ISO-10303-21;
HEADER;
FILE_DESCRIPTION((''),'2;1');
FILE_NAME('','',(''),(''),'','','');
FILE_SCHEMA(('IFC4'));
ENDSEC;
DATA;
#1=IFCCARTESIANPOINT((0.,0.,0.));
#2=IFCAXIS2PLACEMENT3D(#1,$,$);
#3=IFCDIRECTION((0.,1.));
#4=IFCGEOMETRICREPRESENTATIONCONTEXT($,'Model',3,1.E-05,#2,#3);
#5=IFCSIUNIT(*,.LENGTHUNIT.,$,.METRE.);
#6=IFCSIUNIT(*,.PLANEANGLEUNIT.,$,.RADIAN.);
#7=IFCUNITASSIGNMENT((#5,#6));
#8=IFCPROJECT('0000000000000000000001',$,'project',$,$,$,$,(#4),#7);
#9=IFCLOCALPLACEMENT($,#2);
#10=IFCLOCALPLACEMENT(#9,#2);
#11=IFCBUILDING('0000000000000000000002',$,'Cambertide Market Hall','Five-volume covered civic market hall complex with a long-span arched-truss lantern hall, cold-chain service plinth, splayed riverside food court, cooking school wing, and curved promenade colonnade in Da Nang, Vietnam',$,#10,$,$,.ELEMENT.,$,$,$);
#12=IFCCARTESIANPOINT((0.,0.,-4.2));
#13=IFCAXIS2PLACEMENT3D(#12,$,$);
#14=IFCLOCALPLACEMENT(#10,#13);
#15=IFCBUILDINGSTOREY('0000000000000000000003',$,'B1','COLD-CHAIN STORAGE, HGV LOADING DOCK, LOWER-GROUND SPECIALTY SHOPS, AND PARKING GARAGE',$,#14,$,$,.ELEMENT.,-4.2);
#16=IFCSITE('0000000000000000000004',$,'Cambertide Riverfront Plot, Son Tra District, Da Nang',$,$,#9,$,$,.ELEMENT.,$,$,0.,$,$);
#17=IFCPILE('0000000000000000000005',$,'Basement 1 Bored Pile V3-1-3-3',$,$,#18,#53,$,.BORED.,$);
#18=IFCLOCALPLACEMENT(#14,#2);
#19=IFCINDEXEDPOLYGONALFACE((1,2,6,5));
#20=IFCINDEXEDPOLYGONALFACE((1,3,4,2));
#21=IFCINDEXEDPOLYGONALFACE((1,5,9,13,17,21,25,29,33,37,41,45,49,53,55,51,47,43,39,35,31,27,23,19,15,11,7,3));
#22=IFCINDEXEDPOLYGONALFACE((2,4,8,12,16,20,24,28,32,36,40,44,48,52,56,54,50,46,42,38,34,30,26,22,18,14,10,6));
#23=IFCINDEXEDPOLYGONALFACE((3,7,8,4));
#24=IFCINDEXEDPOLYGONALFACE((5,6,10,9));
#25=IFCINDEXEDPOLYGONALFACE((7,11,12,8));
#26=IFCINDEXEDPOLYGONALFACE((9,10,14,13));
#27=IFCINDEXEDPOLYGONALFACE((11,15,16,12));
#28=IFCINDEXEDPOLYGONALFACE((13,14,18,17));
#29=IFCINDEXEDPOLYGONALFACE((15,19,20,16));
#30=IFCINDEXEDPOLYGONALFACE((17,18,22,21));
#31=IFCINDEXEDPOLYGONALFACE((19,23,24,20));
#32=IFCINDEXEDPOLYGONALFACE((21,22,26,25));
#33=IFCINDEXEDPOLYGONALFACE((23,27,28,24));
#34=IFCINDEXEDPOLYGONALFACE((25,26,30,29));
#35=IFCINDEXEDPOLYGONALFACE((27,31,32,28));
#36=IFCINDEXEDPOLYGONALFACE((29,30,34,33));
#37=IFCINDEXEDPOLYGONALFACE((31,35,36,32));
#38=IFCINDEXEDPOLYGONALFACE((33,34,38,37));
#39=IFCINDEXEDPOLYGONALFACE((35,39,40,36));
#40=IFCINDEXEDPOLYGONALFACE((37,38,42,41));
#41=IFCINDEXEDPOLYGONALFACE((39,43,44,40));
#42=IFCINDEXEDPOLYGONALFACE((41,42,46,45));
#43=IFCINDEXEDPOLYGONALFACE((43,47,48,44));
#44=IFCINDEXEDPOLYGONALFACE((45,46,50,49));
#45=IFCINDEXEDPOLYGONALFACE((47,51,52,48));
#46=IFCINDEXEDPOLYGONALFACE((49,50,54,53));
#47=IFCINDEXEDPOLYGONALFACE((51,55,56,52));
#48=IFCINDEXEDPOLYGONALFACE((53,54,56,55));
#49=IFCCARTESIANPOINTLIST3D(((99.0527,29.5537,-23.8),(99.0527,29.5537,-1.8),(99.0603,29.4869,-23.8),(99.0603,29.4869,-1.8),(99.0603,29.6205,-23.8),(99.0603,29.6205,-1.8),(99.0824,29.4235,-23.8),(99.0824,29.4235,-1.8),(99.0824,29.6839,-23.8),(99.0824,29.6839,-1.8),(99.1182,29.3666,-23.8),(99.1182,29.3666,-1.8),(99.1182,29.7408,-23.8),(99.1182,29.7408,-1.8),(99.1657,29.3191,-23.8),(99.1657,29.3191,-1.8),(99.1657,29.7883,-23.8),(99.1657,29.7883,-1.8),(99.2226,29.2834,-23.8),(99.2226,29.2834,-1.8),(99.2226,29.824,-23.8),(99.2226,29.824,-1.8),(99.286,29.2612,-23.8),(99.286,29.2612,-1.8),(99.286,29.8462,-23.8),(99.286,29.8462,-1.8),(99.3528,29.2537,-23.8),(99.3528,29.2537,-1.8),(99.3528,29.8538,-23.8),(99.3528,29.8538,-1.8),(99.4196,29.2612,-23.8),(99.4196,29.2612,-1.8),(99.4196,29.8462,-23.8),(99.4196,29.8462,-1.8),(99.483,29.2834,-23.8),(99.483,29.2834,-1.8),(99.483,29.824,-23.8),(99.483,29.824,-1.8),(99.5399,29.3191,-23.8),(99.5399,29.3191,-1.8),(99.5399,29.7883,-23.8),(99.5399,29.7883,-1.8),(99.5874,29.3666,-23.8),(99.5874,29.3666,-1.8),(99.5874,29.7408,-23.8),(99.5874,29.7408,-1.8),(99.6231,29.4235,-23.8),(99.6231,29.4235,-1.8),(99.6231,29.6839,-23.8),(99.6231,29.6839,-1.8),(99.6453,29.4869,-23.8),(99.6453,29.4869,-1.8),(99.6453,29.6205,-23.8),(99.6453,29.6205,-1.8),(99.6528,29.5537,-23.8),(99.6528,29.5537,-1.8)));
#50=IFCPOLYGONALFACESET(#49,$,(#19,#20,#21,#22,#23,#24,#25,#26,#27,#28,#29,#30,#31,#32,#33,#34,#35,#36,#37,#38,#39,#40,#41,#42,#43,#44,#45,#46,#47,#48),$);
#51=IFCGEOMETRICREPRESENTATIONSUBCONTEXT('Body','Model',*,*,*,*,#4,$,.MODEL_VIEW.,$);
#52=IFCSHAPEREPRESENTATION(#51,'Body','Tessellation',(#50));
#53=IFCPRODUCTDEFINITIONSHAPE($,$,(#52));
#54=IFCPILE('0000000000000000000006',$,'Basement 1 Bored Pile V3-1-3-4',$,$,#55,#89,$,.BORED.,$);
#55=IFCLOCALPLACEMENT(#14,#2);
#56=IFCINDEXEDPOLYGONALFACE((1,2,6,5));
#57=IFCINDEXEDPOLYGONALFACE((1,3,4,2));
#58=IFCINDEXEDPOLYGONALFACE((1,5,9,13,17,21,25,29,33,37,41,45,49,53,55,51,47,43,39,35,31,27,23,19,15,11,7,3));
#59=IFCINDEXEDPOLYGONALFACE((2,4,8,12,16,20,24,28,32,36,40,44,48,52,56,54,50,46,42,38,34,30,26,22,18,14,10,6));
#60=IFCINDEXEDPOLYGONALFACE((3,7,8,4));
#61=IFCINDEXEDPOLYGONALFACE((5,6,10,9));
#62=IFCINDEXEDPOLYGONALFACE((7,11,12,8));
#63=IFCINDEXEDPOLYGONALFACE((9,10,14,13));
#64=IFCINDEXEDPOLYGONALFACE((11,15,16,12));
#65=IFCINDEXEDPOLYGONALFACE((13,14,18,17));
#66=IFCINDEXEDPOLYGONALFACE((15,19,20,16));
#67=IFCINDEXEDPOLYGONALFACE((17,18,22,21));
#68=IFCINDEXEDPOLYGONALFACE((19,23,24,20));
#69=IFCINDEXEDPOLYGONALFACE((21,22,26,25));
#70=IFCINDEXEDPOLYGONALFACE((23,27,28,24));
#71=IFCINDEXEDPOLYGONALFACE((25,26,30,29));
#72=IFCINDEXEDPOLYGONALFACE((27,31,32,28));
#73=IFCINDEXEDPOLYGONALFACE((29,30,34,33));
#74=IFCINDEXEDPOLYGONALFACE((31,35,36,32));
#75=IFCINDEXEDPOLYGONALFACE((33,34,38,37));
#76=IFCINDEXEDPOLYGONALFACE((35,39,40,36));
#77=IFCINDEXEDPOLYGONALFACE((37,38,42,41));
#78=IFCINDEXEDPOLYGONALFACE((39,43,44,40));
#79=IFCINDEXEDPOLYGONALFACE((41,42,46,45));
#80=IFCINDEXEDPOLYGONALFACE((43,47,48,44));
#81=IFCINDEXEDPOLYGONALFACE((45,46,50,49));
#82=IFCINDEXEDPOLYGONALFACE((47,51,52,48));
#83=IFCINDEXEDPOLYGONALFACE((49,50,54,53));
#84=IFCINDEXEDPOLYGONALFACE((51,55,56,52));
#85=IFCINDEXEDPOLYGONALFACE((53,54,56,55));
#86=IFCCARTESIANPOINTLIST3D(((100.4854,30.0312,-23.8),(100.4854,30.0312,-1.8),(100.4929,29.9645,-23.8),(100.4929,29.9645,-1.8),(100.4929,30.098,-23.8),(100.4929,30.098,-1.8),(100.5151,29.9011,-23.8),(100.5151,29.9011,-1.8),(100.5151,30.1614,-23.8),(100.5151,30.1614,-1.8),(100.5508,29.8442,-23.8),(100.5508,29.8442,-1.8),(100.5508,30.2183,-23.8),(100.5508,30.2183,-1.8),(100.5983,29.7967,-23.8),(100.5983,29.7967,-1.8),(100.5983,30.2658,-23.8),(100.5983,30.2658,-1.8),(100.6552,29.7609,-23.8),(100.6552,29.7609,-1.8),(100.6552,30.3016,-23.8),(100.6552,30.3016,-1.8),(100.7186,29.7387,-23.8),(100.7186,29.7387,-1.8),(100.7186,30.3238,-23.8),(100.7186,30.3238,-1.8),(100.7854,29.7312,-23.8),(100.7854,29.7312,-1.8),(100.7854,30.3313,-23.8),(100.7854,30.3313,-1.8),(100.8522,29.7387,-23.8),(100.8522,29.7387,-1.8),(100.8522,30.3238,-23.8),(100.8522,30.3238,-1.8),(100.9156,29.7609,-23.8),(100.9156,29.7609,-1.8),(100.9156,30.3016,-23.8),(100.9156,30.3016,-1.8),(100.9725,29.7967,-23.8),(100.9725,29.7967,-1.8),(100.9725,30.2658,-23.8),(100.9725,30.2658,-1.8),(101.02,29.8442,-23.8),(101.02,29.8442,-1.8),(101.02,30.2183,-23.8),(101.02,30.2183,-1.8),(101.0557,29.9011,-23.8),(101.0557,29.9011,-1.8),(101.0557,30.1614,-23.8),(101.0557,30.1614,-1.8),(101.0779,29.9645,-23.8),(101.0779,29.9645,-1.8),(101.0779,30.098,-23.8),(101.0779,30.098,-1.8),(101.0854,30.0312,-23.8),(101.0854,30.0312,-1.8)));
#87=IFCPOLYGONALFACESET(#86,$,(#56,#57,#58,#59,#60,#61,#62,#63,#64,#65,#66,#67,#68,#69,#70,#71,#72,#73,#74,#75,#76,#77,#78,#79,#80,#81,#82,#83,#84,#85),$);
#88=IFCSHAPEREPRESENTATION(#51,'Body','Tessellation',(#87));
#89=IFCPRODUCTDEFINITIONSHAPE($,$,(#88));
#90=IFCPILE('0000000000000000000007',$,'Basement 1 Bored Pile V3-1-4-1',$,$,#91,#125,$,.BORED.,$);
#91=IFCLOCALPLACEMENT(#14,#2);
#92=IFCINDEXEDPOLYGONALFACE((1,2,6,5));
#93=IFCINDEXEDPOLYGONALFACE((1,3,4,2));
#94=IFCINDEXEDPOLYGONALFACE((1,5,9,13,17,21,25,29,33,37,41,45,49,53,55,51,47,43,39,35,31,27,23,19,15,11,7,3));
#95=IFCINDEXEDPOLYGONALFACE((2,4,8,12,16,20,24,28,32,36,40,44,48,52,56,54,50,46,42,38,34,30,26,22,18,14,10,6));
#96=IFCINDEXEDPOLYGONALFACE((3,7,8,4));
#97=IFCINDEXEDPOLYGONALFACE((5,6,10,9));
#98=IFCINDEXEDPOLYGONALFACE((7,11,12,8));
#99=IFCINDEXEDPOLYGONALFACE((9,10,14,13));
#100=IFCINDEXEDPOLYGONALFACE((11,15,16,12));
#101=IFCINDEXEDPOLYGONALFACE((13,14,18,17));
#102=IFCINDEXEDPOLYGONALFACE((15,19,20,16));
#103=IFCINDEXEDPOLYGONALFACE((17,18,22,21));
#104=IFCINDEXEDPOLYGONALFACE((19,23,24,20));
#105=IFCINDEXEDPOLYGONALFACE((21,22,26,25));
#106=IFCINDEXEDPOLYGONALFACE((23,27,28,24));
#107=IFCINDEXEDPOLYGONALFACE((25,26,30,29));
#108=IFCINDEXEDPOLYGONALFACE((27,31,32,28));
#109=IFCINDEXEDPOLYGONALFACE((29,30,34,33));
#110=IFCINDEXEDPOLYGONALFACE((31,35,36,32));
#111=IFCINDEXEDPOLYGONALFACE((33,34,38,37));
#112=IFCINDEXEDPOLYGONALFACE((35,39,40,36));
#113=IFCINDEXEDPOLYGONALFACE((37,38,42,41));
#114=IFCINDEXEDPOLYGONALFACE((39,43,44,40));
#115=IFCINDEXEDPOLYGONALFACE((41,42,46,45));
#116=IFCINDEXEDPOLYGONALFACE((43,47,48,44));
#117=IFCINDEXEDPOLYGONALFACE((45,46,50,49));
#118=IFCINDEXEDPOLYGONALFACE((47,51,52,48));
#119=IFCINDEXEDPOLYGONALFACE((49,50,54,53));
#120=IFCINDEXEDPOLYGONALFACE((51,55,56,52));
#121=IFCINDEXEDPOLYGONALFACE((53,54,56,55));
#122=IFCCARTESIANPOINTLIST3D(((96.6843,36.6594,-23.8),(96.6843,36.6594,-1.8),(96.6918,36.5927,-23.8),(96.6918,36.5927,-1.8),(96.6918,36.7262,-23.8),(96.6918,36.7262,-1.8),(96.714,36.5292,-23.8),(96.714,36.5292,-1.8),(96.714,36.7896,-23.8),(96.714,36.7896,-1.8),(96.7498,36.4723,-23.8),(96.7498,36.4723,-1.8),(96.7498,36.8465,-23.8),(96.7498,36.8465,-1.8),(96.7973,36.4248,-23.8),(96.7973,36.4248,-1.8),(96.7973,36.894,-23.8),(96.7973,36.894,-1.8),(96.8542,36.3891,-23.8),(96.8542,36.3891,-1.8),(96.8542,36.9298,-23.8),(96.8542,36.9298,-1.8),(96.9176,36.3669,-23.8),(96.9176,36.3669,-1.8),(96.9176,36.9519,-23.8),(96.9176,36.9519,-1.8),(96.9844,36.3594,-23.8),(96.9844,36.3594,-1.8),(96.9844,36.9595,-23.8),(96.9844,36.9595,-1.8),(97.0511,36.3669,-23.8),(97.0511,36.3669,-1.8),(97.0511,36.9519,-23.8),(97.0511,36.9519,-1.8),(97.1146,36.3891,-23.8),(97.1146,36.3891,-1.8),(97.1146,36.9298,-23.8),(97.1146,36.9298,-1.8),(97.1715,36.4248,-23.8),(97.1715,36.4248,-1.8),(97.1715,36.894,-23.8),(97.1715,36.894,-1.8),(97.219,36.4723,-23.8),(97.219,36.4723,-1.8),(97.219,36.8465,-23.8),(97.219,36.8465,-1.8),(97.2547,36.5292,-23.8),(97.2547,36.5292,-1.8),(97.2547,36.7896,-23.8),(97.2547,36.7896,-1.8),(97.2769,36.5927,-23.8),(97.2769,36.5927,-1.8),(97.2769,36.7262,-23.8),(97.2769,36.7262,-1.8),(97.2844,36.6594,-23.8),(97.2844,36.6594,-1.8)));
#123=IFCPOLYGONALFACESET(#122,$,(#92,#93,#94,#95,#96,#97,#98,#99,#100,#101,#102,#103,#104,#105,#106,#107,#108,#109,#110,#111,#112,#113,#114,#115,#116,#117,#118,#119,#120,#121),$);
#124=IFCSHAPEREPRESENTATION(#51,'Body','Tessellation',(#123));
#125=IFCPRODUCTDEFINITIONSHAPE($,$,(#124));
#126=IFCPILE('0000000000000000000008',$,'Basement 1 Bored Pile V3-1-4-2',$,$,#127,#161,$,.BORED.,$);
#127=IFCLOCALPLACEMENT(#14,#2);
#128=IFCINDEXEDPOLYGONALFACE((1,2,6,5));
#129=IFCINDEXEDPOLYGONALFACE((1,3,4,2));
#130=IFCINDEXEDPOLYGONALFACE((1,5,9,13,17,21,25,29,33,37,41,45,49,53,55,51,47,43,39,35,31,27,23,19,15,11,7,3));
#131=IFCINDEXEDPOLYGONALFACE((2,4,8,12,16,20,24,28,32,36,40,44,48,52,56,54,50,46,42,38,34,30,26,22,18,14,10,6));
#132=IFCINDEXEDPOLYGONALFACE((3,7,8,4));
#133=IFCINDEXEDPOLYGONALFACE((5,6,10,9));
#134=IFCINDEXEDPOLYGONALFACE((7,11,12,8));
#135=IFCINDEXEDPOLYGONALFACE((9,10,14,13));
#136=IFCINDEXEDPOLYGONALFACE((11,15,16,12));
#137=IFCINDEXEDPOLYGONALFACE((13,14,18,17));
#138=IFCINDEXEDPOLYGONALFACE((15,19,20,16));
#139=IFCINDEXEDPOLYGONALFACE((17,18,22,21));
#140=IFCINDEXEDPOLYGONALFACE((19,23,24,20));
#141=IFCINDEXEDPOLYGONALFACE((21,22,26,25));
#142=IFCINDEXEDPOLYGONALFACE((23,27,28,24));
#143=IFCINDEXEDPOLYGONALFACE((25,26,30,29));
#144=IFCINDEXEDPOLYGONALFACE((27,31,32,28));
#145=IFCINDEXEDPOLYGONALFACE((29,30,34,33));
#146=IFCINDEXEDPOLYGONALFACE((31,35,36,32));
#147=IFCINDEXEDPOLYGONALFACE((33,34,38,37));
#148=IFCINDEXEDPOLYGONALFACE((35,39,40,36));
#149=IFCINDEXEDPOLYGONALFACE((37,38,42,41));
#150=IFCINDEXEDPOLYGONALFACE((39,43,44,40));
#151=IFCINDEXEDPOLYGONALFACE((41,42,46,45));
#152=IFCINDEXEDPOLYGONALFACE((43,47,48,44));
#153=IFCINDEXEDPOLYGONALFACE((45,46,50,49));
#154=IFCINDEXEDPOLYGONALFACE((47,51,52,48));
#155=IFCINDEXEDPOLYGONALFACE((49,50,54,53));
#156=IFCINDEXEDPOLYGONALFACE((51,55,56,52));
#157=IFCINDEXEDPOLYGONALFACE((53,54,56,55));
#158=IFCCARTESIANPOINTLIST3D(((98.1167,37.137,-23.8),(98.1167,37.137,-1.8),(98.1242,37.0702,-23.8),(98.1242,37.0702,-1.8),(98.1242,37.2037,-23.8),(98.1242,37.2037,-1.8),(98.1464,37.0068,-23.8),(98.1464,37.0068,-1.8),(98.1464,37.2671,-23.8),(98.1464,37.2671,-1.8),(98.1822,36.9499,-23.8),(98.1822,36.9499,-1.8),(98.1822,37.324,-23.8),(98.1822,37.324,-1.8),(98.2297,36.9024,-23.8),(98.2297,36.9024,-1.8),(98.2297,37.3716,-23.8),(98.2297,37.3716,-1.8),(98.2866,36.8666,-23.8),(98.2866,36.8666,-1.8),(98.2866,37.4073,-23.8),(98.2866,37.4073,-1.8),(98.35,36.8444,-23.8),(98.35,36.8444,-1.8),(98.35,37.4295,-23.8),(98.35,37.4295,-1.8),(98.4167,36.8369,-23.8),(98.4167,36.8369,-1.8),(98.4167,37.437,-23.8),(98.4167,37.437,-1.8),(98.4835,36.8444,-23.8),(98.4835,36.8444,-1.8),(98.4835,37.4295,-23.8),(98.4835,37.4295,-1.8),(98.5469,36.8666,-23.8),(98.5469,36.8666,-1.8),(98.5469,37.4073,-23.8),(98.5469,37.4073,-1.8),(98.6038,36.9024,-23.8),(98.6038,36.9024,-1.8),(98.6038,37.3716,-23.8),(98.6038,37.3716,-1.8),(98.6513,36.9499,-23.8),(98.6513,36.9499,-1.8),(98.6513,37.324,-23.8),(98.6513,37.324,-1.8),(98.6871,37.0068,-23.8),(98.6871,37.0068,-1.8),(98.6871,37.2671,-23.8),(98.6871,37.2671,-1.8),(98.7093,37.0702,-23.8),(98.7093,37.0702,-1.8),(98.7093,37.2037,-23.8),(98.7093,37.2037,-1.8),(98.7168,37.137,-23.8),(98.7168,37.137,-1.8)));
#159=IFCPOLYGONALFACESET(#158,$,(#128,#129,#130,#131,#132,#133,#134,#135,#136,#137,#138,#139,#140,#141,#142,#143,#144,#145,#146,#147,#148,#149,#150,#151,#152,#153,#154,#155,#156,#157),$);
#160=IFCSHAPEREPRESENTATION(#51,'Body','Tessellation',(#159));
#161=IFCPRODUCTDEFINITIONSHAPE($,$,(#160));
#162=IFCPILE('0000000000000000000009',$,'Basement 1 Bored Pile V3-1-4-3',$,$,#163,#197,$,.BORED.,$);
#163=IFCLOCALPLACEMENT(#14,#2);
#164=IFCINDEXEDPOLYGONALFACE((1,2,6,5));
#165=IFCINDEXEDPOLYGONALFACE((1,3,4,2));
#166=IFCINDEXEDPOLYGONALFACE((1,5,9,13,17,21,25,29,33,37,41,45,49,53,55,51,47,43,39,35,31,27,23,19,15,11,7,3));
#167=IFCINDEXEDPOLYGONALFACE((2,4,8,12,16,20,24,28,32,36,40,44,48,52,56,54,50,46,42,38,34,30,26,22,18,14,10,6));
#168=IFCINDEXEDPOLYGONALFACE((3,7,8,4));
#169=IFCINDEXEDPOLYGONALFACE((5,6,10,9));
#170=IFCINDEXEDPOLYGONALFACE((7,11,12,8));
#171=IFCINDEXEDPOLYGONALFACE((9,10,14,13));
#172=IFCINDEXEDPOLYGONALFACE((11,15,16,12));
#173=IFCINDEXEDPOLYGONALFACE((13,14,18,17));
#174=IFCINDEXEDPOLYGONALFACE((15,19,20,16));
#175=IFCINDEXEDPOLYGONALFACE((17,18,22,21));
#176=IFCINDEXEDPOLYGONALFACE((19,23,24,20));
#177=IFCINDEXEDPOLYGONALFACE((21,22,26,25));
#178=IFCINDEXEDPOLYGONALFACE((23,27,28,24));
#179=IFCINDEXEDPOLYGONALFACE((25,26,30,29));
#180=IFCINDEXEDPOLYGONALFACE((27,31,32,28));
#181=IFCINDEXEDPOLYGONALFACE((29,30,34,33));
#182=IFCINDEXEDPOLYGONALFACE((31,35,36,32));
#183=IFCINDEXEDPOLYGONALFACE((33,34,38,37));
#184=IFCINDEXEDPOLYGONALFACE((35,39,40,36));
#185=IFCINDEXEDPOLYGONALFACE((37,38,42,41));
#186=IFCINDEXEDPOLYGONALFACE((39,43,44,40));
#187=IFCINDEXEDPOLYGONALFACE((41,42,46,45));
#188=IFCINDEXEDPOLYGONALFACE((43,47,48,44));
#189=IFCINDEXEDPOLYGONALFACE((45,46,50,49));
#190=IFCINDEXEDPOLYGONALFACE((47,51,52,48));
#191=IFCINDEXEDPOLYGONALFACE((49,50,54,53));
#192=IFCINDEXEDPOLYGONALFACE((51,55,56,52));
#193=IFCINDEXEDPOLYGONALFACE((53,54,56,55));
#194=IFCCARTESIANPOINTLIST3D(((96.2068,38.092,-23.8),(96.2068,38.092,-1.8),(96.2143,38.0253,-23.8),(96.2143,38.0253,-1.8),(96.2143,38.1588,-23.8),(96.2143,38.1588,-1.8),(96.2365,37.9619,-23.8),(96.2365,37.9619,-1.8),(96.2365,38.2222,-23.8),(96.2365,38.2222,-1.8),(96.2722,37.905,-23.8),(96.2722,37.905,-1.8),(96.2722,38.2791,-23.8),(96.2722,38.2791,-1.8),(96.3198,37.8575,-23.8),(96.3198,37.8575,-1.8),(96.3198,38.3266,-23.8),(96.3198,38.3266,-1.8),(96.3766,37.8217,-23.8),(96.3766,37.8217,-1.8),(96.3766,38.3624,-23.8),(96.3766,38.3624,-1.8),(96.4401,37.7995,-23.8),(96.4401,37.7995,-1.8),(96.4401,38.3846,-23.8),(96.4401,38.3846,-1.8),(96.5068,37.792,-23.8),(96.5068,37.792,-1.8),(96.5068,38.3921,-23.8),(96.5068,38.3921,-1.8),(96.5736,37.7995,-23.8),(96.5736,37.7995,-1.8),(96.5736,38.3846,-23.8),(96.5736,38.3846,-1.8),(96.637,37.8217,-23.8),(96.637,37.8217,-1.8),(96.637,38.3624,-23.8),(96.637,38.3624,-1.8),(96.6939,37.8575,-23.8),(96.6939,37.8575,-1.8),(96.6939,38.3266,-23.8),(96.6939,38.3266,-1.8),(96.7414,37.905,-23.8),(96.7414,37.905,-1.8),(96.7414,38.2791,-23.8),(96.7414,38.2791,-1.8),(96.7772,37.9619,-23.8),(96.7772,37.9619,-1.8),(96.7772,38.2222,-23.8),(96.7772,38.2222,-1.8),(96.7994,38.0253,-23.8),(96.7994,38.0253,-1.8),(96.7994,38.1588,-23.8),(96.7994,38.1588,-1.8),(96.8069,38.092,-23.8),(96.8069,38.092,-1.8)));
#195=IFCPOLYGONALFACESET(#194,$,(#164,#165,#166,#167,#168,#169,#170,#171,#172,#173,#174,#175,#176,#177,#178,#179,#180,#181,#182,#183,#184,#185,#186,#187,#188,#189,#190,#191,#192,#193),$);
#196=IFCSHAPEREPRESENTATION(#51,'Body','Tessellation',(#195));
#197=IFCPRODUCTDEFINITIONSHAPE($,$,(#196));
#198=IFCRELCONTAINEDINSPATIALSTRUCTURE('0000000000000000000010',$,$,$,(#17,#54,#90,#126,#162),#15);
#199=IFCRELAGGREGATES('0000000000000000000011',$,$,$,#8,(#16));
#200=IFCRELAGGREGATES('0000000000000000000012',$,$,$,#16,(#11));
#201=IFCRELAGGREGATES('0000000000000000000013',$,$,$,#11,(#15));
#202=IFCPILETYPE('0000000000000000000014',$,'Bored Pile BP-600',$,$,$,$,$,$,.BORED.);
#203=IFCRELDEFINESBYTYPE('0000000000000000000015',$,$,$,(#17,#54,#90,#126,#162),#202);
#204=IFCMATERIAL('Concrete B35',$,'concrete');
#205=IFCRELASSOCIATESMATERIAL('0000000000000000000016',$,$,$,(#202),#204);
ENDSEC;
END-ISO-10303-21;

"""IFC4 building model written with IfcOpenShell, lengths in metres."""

from ifc_helpers import new_model, si_unit, direction, frame, origin, origin_2d, place, context, subcontext, project, spatial, circle, extrude, material, material_profile, profile_set, type_object, element, save


model = new_model("IFC4")

# Units and contexts
model_context = context("Model", 3, precision=1e-05, world=origin(), true_north=direction((0.0, 1.0)))
body_context = subcontext(model_context, "Body", "Model", "MODEL_VIEW")
ifc_project = project(units=[si_unit("LENGTHUNIT", "METRE"), si_unit("PLANEANGLEUNIT", "RADIAN")], contexts=[model_context])

# Site, building, storey
site_placement = place(None, origin())
site = spatial("IfcSite", under=ifc_project, at=site_placement, Name="Cambertide Riverfront Plot, Son Tra District, Da Nang", CompositionType="ELEMENT", RefElevation=0.0)
building_placement = place(site_placement, origin())
building = spatial("IfcBuilding", under=site, at=building_placement, Name="Cambertide Market Hall", Description="Five-volume covered civic market hall complex with a long-span arched-truss lantern hall, cold-chain service plinth, splayed riverside food court, cooking school wing, and curved promenade colonnade in Da Nang, Vietnam", CompositionType="ELEMENT")
storey_placement = place(building_placement, frame((0.0, 0.0, -4.2)))
storey = spatial("IfcBuildingStorey", under=building, at=storey_placement, Name="B1", Description="COLD-CHAIN STORAGE, HGV LOADING DOCK, LOWER-GROUND SPECIALTY SHOPS, AND PARKING GARAGE", CompositionType="ELEMENT", Elevation=-4.2)

# Piles
ifc_material_1 = material(Name="Concrete B35", Category="concrete")
ifc_material_profile_1 = material_profile(ifc_material_1, circle(Radius=0.3, at=origin_2d()), Name="BP D600")
ifc_profile_set_1 = profile_set([ifc_material_profile_1], Name="Concrete B35")
pile_type_1 = type_object("IfcPileType", Name="Bored Pile BP-600", PredefinedType="BORED", material=ifc_profile_set_1)
for number, where, z_axis, x_axis, name in (
    (1, (99.3528, 29.5537, -1.8), (0.0, 0.0, -1.0), (1.0, 0.0, 0.0), "Basement 1 Bored Pile V3-1-3-3"),
    (2, (100.7854, 30.0312, -1.8), (0.0, 0.0, -1.0), (1.0, 0.0, 0.0), "Basement 1 Bored Pile V3-1-3-4"),
    (3, (96.9844, 36.6594, -1.8), (0.0, 0.0, -1.0), (1.0, 0.0, 0.0), "Basement 1 Bored Pile V3-1-4-1"),
    (4, (98.4167, 37.137, -1.8), (0.0, 0.0, -1.0), (1.0, 0.0, 0.0), "Basement 1 Bored Pile V3-1-4-2"),
    (5, (96.5068, 38.092, -1.8), (0.0, 0.0, -1.0), (1.0, 0.0, 0.0), "Basement 1 Bored Pile V3-1-4-3"),
):
    element("IfcPile", number, at=place(storey_placement, frame(where, z_axis=z_axis, x_axis=x_axis)), inside=storey, type_object=pile_type_1, Name=name, PredefinedType="BORED", context=body_context, shape_type="SweptSolid", body=[
        extrude(circle(Radius=0.3, at=origin_2d()), origin(), (0.0, 0.0, 1.0), 22.0),
    ])

save(model, "model.ifc")
